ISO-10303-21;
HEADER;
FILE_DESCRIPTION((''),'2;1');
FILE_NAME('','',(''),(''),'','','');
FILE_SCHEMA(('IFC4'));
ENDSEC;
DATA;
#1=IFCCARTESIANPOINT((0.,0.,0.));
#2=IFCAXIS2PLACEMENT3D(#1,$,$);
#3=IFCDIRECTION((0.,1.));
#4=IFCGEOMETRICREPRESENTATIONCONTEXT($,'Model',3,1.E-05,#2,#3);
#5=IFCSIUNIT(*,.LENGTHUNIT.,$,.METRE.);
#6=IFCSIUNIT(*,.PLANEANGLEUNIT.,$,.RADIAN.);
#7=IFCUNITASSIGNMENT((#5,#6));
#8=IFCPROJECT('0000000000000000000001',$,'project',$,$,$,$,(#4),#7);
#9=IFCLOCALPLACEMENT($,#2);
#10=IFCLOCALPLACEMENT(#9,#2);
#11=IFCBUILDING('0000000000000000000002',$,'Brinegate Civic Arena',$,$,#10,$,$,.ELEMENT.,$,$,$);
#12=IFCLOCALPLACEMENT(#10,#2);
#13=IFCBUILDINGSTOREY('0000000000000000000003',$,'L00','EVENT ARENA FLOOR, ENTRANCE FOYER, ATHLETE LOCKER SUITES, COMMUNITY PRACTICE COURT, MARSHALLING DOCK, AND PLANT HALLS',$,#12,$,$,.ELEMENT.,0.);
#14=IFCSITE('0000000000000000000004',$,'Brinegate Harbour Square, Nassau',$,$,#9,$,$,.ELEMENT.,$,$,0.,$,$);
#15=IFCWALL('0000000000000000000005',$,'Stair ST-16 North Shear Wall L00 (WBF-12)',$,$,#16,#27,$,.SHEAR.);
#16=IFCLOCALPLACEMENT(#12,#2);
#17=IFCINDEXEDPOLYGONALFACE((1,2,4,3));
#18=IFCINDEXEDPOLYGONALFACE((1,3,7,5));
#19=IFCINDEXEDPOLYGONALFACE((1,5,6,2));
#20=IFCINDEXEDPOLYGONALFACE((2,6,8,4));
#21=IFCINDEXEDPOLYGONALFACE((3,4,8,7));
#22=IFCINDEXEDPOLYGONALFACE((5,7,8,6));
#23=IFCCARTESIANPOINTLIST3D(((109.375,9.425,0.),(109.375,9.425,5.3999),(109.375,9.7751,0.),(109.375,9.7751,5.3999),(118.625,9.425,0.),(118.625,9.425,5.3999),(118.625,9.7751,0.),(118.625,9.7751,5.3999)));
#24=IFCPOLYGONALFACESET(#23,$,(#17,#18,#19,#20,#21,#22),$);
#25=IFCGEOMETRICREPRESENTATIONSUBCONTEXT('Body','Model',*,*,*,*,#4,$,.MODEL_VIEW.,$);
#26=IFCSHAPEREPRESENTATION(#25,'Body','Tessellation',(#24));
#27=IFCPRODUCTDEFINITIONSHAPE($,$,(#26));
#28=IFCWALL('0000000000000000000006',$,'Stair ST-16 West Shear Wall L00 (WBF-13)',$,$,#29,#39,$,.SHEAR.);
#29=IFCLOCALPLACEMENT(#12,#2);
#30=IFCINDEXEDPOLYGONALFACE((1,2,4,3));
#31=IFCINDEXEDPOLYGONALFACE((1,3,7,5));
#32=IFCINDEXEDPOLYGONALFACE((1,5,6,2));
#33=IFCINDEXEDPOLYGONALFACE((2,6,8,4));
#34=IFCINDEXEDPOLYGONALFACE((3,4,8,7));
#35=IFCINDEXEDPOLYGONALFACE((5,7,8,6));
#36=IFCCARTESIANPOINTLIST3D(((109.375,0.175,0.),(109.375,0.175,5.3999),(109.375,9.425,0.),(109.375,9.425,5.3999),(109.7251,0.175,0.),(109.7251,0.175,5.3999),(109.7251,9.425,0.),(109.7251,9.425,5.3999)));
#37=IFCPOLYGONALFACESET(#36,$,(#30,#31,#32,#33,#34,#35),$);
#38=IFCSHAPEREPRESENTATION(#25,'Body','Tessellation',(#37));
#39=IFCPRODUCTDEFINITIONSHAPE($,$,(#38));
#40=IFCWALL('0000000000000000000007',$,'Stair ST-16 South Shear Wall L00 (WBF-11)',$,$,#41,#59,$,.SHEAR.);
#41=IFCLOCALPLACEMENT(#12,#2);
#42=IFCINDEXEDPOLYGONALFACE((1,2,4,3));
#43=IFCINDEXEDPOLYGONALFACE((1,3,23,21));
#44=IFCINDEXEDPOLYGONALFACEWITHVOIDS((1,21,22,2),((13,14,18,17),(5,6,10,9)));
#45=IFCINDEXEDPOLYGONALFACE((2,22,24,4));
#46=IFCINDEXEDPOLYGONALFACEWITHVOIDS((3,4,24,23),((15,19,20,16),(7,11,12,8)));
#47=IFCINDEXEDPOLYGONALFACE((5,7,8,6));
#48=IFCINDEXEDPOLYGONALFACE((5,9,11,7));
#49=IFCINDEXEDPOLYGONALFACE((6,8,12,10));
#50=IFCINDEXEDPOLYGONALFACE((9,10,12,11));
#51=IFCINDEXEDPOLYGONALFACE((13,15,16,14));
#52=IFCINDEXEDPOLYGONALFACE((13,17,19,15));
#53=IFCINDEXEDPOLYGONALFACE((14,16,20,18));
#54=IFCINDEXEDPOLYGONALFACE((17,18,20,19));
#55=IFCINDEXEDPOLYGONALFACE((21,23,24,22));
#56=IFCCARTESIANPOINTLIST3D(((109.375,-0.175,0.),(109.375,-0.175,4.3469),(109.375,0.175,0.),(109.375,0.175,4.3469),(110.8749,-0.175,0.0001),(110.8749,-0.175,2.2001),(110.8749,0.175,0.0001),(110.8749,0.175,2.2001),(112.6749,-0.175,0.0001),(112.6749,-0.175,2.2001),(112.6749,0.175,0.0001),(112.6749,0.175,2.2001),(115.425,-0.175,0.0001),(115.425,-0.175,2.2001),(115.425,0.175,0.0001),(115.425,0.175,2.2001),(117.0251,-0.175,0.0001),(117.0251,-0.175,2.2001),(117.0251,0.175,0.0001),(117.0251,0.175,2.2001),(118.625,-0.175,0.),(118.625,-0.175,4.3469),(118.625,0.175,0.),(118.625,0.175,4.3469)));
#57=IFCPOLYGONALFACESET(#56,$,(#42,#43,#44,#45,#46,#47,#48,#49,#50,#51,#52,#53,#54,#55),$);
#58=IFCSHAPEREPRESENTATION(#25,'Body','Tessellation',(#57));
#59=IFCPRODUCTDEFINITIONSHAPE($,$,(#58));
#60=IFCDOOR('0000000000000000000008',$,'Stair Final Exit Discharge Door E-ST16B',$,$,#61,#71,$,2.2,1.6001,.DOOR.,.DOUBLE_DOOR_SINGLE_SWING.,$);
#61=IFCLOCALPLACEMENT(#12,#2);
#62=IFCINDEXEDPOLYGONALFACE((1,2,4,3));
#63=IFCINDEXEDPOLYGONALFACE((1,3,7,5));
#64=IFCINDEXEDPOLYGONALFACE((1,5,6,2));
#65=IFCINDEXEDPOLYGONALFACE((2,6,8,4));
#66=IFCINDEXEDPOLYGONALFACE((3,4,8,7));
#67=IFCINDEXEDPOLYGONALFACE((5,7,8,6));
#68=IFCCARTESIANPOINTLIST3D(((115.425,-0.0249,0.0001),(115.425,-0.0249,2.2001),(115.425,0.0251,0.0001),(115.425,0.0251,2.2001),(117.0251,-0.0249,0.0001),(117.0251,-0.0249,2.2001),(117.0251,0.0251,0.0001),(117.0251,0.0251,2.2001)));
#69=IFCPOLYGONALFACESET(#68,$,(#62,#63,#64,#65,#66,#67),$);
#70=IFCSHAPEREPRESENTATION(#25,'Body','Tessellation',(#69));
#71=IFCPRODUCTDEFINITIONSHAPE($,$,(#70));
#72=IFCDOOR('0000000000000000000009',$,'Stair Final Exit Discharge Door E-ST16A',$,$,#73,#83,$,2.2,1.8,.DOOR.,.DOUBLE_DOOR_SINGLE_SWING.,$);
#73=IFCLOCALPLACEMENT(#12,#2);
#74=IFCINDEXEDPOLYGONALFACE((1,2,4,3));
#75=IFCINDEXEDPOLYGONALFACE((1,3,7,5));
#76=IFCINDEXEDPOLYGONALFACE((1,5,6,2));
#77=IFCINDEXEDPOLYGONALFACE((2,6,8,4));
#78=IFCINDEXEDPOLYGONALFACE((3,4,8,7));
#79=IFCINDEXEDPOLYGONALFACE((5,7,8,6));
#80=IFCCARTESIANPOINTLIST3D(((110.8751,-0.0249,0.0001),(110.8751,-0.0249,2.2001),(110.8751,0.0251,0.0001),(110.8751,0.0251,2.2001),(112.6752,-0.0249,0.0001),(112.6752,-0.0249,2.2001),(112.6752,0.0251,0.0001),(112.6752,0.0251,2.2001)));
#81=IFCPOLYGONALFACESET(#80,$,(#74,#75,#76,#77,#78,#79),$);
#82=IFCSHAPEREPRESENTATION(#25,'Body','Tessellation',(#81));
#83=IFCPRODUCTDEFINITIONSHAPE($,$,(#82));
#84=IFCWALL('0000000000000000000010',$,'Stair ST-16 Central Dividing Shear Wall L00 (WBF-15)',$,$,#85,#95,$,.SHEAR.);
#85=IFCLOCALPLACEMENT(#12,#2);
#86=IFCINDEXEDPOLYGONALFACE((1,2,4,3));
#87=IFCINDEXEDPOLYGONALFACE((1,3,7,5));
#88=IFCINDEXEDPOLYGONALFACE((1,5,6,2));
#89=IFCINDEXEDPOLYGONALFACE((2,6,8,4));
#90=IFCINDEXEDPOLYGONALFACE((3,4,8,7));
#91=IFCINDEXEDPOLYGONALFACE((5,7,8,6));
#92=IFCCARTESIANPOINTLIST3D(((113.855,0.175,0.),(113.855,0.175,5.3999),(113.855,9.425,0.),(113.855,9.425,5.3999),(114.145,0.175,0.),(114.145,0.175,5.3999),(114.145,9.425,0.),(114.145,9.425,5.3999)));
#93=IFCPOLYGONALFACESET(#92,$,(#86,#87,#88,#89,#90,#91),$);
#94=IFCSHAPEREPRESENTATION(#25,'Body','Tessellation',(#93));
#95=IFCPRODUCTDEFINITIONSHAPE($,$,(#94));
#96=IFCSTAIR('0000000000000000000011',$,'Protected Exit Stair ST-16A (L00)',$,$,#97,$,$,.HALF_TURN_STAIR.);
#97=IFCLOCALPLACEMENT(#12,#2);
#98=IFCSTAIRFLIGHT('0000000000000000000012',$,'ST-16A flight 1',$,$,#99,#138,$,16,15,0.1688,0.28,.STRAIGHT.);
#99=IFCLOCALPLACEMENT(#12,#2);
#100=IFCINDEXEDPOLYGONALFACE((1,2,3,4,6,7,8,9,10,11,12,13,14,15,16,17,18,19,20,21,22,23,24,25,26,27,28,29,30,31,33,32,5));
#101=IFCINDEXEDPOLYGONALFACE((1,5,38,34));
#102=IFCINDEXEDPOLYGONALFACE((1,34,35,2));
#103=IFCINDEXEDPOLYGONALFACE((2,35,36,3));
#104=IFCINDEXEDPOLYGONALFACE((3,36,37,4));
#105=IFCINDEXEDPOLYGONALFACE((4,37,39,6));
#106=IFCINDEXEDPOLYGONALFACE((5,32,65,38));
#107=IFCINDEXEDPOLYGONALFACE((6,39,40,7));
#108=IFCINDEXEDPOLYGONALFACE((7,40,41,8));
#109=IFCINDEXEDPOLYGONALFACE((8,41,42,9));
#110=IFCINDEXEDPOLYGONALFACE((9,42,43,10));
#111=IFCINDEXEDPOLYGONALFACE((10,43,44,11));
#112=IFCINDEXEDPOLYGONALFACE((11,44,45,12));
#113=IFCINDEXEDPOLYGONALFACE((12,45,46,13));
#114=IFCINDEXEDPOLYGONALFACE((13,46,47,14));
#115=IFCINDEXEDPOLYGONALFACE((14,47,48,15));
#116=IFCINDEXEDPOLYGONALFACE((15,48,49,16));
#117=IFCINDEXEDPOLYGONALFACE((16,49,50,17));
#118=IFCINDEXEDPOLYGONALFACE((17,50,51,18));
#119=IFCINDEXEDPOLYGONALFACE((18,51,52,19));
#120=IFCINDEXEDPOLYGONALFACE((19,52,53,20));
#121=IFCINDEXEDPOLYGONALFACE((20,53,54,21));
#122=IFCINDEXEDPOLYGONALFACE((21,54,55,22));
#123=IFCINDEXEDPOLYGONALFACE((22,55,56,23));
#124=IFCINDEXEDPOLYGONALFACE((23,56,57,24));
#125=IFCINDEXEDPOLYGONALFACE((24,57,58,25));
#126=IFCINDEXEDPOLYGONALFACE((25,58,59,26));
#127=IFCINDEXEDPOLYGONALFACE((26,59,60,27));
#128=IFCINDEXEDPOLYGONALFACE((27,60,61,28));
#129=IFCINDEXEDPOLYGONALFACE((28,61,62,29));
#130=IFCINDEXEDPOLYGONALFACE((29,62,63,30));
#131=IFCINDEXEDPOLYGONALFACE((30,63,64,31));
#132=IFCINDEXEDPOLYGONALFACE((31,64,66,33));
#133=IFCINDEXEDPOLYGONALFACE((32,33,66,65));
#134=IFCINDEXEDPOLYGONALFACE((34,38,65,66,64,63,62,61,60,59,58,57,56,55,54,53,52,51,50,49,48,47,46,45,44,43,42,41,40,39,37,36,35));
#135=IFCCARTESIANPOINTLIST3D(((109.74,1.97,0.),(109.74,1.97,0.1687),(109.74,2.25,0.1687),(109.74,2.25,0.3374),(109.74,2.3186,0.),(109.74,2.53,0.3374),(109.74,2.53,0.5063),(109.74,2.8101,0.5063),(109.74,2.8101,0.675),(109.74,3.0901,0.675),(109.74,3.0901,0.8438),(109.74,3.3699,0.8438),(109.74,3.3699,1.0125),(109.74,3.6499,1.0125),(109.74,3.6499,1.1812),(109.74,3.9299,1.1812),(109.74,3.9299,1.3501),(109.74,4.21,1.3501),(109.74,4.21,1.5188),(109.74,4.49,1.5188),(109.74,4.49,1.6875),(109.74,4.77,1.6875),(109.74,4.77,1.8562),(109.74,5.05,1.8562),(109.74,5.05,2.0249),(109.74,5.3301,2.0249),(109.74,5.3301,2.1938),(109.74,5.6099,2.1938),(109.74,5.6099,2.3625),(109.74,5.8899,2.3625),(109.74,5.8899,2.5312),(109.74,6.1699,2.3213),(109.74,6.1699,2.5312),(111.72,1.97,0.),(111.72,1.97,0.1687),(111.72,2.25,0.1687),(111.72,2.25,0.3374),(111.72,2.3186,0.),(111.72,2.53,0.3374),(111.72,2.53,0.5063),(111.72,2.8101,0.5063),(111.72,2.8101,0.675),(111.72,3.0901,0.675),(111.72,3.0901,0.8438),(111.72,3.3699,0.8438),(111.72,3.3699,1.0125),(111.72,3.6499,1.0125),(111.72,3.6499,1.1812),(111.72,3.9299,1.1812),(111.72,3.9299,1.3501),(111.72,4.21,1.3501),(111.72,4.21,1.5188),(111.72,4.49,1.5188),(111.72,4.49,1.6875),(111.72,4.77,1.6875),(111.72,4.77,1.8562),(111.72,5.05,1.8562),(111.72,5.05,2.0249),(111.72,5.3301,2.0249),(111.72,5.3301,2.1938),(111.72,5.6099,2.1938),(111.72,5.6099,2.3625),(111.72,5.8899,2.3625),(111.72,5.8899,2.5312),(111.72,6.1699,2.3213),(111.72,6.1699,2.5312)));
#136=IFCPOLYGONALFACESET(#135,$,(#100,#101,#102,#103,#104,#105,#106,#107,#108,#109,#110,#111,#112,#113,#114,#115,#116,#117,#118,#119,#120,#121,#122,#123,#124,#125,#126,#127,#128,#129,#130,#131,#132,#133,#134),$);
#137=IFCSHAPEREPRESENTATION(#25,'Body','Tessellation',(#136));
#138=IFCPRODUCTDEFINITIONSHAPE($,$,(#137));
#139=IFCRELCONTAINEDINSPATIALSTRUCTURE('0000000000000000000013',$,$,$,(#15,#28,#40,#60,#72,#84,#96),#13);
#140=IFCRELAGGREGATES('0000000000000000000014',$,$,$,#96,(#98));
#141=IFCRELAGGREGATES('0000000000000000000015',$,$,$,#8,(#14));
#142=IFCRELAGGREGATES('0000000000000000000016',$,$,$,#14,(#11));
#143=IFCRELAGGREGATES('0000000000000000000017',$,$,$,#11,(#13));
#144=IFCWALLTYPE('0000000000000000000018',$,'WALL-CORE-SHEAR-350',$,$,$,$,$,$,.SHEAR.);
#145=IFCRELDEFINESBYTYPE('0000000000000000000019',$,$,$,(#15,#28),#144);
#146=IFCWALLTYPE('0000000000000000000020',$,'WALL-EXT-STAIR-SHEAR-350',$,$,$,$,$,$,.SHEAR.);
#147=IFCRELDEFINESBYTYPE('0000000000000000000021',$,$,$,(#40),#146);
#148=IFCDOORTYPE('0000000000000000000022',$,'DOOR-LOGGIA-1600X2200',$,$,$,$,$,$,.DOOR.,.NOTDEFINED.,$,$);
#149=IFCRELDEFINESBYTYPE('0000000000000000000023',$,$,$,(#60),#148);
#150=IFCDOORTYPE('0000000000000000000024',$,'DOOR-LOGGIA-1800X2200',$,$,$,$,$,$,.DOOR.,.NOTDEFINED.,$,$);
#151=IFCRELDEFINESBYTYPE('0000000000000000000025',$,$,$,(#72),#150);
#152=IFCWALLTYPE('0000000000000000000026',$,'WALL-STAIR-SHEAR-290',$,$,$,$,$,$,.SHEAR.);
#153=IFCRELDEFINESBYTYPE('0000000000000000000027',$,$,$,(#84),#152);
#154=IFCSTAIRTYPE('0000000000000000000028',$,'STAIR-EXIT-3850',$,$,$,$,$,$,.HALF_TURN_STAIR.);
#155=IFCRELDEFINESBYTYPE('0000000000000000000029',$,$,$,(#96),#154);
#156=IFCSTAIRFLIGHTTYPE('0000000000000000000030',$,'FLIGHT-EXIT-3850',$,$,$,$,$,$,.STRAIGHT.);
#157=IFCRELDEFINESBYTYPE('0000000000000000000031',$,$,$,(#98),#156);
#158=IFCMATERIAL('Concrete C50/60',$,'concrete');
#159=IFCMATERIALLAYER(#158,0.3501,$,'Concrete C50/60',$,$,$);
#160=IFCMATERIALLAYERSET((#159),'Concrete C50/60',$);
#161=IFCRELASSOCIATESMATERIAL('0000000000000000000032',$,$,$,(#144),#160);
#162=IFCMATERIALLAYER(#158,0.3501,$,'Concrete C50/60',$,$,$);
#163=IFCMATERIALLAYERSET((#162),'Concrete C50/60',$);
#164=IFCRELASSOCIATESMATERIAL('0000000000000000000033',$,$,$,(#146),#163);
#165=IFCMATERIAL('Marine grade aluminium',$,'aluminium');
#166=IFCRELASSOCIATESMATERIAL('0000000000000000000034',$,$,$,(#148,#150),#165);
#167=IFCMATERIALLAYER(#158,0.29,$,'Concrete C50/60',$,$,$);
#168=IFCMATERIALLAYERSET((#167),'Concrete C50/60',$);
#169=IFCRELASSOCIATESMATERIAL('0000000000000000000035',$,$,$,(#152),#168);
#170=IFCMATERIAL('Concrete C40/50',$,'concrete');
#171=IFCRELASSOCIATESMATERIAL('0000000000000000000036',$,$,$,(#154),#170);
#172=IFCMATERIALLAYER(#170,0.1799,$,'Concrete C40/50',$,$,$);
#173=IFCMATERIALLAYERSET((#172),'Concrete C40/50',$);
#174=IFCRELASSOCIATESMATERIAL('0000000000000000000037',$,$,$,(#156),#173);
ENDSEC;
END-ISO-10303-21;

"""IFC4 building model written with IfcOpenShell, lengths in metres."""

from ifc_helpers import new_model, si_unit, direction, frame, frame_2d, origin, place, context, subcontext, project, spatial, polyline, rectangle, outline, extrude, material, layer, layer_set, type_object, element, fill, aggregate, save


model = new_model("IFC4")

# Units and contexts
model_context = context("Model", 3, precision=1e-05, world=origin(), true_north=direction((0.0, 1.0)))
body_context = subcontext(model_context, "Body", "Model", "MODEL_VIEW")
ifc_project = project(units=[si_unit("LENGTHUNIT", "METRE"), si_unit("PLANEANGLEUNIT", "RADIAN")], contexts=[model_context])

# Site, building, storey
site_placement = place(None, origin())
site = spatial("IfcSite", under=ifc_project, at=site_placement, Name="Brinegate Harbour Square, Nassau", CompositionType="ELEMENT", RefElevation=0.0)
building_placement = place(site_placement, origin())
building = spatial("IfcBuilding", under=site, at=building_placement, Name="Brinegate Civic Arena", CompositionType="ELEMENT")
storey_placement = place(building_placement, origin())
storey = spatial("IfcBuildingStorey", under=building, at=storey_placement, Name="L00", Description="EVENT ARENA FLOOR, ENTRANCE FOYER, ATHLETE LOCKER SUITES, COMMUNITY PRACTICE COURT, MARSHALLING DOCK, AND PLANT HALLS", CompositionType="ELEMENT", Elevation=0.0)

# Shared definitions
ifc_material_1 = material(Name="Concrete C40/50", Category="concrete")

# Shared definitions
ifc_material_2 = material(Name="Concrete C50/60", Category="concrete")

# Walls
ifc_layer_1 = layer(ifc_material_2, 0.3501, Name="Concrete C50/60")
ifc_layer_set_1 = layer_set([ifc_layer_1], Name="Concrete C50/60")
wall_type_1 = type_object("IfcWallType", Name="WALL-CORE-SHEAR-350", PredefinedType="SHEAR", material=ifc_layer_set_1)
for number, where, z_axis, x_axis, name in (
    (1, (109.375, 9.6001, 0.0), (0.0, 0.0, 1.0), (1.0, 0.0, 0.0), "Stair ST-16 North Shear Wall L00 (WBF-12)"),
    (2, (109.55, 0.175, 0.0), (0.0, 0.0, 1.0), (0.0, 1.0, 0.0), "Stair ST-16 West Shear Wall L00 (WBF-13)"),
):
    element("IfcWall", number, at=place(storey_placement, frame(where, z_axis=z_axis, x_axis=x_axis)), inside=storey, type_object=wall_type_1, Name=name, PredefinedType="SHEAR", context=body_context, shape_type="SweptSolid", body=[
        extrude(rectangle(XDim=9.25, YDim=0.3501, at=frame_2d((4.625, 0.0))), origin(), (0.0, 0.0, 1.0), 5.3999),
    ])

# Wall, openings, doors
ifc_layer_2 = layer(ifc_material_2, 0.3501, Name="Concrete C50/60")
ifc_layer_set_2 = layer_set([ifc_layer_2], Name="Concrete C50/60")
wall_type_2 = type_object("IfcWallType", Name="WALL-EXT-STAIR-SHEAR-350", PredefinedType="SHEAR", material=ifc_layer_set_2)
wall_1_placement = place(storey_placement, frame((109.375, 0.0, 0.0), z_axis=(0.0, 0.0, 1.0), x_axis=(1.0, 0.0, 0.0)))
wall_1 = element("IfcWall", 3, at=wall_1_placement, inside=storey, type_object=wall_type_2, Name="Stair ST-16 South Shear Wall L00 (WBF-11)", PredefinedType="SHEAR", context=body_context, shape_type="SweptSolid", body=[
    extrude(rectangle(XDim=9.25, YDim=0.3501, at=frame_2d((4.625, 0.0))), origin(), (0.0, 0.0, 1.0), 4.3469),
])
opening_1_placement = place(wall_1_placement, frame((1.5, 0.0, 0.0)))
opening_1 = element("IfcOpeningElement", 4, at=opening_1_placement, cuts=wall_1, PredefinedType="OPENING", context=body_context, shape_type="SweptSolid", body=[
    extrude(rectangle(XDim=1.8, YDim=2.2, at=frame_2d((0.8999, 1.1001))), frame((0.0, 0.1851, 0.0), z_axis=(0.0, -1.0, 0.0), x_axis=(1.0, 0.0, 0.0)), (0.0, 0.0, 1.0), 0.3701),
])
opening_2_placement = place(wall_1_placement, frame((6.05, 0.0, 0.0)))
opening_2 = element("IfcOpeningElement", 5, at=opening_2_placement, cuts=wall_1, PredefinedType="OPENING", context=body_context, shape_type="SweptSolid", body=[
    extrude(rectangle(XDim=1.6001, YDim=2.2, at=frame_2d((0.8, 1.1001))), frame((0.0, 0.1851, 0.0), z_axis=(0.0, -1.0, 0.0), x_axis=(1.0, 0.0, 0.0)), (0.0, 0.0, 1.0), 0.3701),
])
ifc_material_3 = material(Name="Marine grade aluminium", Category="aluminium")
door_type_1 = type_object("IfcDoorType", Name="DOOR-LOGGIA-1600X2200", OperationType="NOTDEFINED", PredefinedType="DOOR", material=ifc_material_3)
door_1_placement = place(opening_2_placement, frame((1.6001, 0.0, 0.0), z_axis=(0.0, 0.0, 1.0), x_axis=(-1.0, 0.0, 0.0)))
door_1 = element("IfcDoor", 6, at=door_1_placement, inside=storey, type_object=door_type_1, Name="Stair Final Exit Discharge Door E-ST16B", OperationType="DOUBLE_DOOR_SINGLE_SWING", OverallHeight=2.2, OverallWidth=1.6001, PredefinedType="DOOR", context=body_context, shape_type="SweptSolid", body=[
    extrude(rectangle(XDim=1.6001, YDim=2.2, at=frame_2d((0.8, 1.1001))), frame((0.0, 0.0249, 0.0), z_axis=(0.0, -1.0, 0.0), x_axis=(1.0, 0.0, 0.0)), (0.0, 0.0, 1.0), 0.05),
])
fill(opening_2, door_1)
door_type_2 = type_object("IfcDoorType", Name="DOOR-LOGGIA-1800X2200", OperationType="NOTDEFINED", PredefinedType="DOOR", material=ifc_material_3)
door_2_placement = place(opening_1_placement, frame((1.8, 0.0, 0.0), z_axis=(0.0, 0.0, 1.0), x_axis=(-1.0, 0.0, 0.0)))
door_2 = element("IfcDoor", 7, at=door_2_placement, inside=storey, type_object=door_type_2, Name="Stair Final Exit Discharge Door E-ST16A", OperationType="DOUBLE_DOOR_SINGLE_SWING", OverallHeight=2.2, OverallWidth=1.8, PredefinedType="DOOR", context=body_context, shape_type="SweptSolid", body=[
    extrude(rectangle(XDim=1.8, YDim=2.2, at=frame_2d((0.8999, 1.1001))), frame((0.0, 0.0249, 0.0), z_axis=(0.0, -1.0, 0.0), x_axis=(1.0, 0.0, 0.0)), (0.0, 0.0, 1.0), 0.05),
])
fill(opening_1, door_2)

# Wall
ifc_layer_3 = layer(ifc_material_2, 0.29, Name="Concrete C50/60")
ifc_layer_set_3 = layer_set([ifc_layer_3], Name="Concrete C50/60")
wall_type_3 = type_object("IfcWallType", Name="WALL-STAIR-SHEAR-290", PredefinedType="SHEAR", material=ifc_layer_set_3)
wall_2_placement = place(storey_placement, frame((114.0, 0.175, 0.0), z_axis=(0.0, 0.0, 1.0), x_axis=(0.0, 1.0, 0.0)))
element("IfcWall", 8, at=wall_2_placement, inside=storey, type_object=wall_type_3, Name="Stair ST-16 Central Dividing Shear Wall L00 (WBF-15)", PredefinedType="SHEAR", context=body_context, shape_type="SweptSolid", body=[
    extrude(rectangle(XDim=9.25, YDim=0.29, at=frame_2d((4.625, 0.0))), origin(), (0.0, 0.0, 1.0), 5.3999),
])

# Stair, stair flight
stair_type = type_object("IfcStairType", Name="STAIR-EXIT-3850", PredefinedType="HALF_TURN_STAIR", material=ifc_material_1)
stair_placement = place(storey_placement, origin())
stair = element("IfcStair", 9, at=stair_placement, inside=storey, type_object=stair_type, Name="Protected Exit Stair ST-16A (L00)", PredefinedType="HALF_TURN_STAIR")
ifc_layer_4 = layer(ifc_material_1, 0.1799, Name="Concrete C40/50")
ifc_layer_set_4 = layer_set([ifc_layer_4], Name="Concrete C40/50")
stair_flight_type = type_object("IfcStairFlightType", Name="FLIGHT-EXIT-3850", PredefinedType="STRAIGHT", material=ifc_layer_set_4)
stair_flight_1_placement = place(storey_placement, frame((110.73, 1.97, 0.0), z_axis=(0.0, 0.0, 1.0), x_axis=(0.0, 1.0, 0.0)))
stair_flight_1 = element("IfcStairFlight", 10, at=stair_flight_1_placement, type_object=stair_flight_type, Name="ST-16A flight 1", NumberOfRisers=16, NumberOfTreads=15, PredefinedType="STRAIGHT", RiserHeight=0.1688, TreadLength=0.28, context=body_context, shape_type="SweptSolid", body=[
    extrude(outline(polyline([(0.0, 0.0), (0.0, 0.1687), (0.28, 0.1687), (0.28, 0.3374), (0.5601, 0.3374), (0.5601, 0.5063), (0.8401, 0.5063), (0.8401, 0.675), (1.1201, 0.675), (1.1201, 0.8438), (1.3999, 0.8438), (1.3999, 1.0125), (1.6799, 1.0125), (1.6799, 1.1812), (1.96, 1.1812), (1.96, 1.3501), (2.24, 1.3501), (2.24, 1.5188), (2.52, 1.5188), (2.52, 1.6875), (2.8, 1.6875), (2.8, 1.8562), (3.0801, 1.8562), (3.0801, 2.0249), (3.3601, 2.0249), (3.3601, 2.1938), (3.6399, 2.1938), (3.6399, 2.3625), (3.9199, 2.3625), (3.9199, 2.5312), (4.2, 2.5312), (4.2, 2.7), (4.2, 2.3213), (0.3486, 0.0), (0.0, 0.0)])), frame((0.0, 0.99, 0.0), z_axis=(0.0, -1.0, 0.0), x_axis=(1.0, 0.0, 0.0)), (0.0, 0.0, 1.0), 1.98),
])
aggregate(stair, [stair_flight_1])

save(model, "model.ifc")
